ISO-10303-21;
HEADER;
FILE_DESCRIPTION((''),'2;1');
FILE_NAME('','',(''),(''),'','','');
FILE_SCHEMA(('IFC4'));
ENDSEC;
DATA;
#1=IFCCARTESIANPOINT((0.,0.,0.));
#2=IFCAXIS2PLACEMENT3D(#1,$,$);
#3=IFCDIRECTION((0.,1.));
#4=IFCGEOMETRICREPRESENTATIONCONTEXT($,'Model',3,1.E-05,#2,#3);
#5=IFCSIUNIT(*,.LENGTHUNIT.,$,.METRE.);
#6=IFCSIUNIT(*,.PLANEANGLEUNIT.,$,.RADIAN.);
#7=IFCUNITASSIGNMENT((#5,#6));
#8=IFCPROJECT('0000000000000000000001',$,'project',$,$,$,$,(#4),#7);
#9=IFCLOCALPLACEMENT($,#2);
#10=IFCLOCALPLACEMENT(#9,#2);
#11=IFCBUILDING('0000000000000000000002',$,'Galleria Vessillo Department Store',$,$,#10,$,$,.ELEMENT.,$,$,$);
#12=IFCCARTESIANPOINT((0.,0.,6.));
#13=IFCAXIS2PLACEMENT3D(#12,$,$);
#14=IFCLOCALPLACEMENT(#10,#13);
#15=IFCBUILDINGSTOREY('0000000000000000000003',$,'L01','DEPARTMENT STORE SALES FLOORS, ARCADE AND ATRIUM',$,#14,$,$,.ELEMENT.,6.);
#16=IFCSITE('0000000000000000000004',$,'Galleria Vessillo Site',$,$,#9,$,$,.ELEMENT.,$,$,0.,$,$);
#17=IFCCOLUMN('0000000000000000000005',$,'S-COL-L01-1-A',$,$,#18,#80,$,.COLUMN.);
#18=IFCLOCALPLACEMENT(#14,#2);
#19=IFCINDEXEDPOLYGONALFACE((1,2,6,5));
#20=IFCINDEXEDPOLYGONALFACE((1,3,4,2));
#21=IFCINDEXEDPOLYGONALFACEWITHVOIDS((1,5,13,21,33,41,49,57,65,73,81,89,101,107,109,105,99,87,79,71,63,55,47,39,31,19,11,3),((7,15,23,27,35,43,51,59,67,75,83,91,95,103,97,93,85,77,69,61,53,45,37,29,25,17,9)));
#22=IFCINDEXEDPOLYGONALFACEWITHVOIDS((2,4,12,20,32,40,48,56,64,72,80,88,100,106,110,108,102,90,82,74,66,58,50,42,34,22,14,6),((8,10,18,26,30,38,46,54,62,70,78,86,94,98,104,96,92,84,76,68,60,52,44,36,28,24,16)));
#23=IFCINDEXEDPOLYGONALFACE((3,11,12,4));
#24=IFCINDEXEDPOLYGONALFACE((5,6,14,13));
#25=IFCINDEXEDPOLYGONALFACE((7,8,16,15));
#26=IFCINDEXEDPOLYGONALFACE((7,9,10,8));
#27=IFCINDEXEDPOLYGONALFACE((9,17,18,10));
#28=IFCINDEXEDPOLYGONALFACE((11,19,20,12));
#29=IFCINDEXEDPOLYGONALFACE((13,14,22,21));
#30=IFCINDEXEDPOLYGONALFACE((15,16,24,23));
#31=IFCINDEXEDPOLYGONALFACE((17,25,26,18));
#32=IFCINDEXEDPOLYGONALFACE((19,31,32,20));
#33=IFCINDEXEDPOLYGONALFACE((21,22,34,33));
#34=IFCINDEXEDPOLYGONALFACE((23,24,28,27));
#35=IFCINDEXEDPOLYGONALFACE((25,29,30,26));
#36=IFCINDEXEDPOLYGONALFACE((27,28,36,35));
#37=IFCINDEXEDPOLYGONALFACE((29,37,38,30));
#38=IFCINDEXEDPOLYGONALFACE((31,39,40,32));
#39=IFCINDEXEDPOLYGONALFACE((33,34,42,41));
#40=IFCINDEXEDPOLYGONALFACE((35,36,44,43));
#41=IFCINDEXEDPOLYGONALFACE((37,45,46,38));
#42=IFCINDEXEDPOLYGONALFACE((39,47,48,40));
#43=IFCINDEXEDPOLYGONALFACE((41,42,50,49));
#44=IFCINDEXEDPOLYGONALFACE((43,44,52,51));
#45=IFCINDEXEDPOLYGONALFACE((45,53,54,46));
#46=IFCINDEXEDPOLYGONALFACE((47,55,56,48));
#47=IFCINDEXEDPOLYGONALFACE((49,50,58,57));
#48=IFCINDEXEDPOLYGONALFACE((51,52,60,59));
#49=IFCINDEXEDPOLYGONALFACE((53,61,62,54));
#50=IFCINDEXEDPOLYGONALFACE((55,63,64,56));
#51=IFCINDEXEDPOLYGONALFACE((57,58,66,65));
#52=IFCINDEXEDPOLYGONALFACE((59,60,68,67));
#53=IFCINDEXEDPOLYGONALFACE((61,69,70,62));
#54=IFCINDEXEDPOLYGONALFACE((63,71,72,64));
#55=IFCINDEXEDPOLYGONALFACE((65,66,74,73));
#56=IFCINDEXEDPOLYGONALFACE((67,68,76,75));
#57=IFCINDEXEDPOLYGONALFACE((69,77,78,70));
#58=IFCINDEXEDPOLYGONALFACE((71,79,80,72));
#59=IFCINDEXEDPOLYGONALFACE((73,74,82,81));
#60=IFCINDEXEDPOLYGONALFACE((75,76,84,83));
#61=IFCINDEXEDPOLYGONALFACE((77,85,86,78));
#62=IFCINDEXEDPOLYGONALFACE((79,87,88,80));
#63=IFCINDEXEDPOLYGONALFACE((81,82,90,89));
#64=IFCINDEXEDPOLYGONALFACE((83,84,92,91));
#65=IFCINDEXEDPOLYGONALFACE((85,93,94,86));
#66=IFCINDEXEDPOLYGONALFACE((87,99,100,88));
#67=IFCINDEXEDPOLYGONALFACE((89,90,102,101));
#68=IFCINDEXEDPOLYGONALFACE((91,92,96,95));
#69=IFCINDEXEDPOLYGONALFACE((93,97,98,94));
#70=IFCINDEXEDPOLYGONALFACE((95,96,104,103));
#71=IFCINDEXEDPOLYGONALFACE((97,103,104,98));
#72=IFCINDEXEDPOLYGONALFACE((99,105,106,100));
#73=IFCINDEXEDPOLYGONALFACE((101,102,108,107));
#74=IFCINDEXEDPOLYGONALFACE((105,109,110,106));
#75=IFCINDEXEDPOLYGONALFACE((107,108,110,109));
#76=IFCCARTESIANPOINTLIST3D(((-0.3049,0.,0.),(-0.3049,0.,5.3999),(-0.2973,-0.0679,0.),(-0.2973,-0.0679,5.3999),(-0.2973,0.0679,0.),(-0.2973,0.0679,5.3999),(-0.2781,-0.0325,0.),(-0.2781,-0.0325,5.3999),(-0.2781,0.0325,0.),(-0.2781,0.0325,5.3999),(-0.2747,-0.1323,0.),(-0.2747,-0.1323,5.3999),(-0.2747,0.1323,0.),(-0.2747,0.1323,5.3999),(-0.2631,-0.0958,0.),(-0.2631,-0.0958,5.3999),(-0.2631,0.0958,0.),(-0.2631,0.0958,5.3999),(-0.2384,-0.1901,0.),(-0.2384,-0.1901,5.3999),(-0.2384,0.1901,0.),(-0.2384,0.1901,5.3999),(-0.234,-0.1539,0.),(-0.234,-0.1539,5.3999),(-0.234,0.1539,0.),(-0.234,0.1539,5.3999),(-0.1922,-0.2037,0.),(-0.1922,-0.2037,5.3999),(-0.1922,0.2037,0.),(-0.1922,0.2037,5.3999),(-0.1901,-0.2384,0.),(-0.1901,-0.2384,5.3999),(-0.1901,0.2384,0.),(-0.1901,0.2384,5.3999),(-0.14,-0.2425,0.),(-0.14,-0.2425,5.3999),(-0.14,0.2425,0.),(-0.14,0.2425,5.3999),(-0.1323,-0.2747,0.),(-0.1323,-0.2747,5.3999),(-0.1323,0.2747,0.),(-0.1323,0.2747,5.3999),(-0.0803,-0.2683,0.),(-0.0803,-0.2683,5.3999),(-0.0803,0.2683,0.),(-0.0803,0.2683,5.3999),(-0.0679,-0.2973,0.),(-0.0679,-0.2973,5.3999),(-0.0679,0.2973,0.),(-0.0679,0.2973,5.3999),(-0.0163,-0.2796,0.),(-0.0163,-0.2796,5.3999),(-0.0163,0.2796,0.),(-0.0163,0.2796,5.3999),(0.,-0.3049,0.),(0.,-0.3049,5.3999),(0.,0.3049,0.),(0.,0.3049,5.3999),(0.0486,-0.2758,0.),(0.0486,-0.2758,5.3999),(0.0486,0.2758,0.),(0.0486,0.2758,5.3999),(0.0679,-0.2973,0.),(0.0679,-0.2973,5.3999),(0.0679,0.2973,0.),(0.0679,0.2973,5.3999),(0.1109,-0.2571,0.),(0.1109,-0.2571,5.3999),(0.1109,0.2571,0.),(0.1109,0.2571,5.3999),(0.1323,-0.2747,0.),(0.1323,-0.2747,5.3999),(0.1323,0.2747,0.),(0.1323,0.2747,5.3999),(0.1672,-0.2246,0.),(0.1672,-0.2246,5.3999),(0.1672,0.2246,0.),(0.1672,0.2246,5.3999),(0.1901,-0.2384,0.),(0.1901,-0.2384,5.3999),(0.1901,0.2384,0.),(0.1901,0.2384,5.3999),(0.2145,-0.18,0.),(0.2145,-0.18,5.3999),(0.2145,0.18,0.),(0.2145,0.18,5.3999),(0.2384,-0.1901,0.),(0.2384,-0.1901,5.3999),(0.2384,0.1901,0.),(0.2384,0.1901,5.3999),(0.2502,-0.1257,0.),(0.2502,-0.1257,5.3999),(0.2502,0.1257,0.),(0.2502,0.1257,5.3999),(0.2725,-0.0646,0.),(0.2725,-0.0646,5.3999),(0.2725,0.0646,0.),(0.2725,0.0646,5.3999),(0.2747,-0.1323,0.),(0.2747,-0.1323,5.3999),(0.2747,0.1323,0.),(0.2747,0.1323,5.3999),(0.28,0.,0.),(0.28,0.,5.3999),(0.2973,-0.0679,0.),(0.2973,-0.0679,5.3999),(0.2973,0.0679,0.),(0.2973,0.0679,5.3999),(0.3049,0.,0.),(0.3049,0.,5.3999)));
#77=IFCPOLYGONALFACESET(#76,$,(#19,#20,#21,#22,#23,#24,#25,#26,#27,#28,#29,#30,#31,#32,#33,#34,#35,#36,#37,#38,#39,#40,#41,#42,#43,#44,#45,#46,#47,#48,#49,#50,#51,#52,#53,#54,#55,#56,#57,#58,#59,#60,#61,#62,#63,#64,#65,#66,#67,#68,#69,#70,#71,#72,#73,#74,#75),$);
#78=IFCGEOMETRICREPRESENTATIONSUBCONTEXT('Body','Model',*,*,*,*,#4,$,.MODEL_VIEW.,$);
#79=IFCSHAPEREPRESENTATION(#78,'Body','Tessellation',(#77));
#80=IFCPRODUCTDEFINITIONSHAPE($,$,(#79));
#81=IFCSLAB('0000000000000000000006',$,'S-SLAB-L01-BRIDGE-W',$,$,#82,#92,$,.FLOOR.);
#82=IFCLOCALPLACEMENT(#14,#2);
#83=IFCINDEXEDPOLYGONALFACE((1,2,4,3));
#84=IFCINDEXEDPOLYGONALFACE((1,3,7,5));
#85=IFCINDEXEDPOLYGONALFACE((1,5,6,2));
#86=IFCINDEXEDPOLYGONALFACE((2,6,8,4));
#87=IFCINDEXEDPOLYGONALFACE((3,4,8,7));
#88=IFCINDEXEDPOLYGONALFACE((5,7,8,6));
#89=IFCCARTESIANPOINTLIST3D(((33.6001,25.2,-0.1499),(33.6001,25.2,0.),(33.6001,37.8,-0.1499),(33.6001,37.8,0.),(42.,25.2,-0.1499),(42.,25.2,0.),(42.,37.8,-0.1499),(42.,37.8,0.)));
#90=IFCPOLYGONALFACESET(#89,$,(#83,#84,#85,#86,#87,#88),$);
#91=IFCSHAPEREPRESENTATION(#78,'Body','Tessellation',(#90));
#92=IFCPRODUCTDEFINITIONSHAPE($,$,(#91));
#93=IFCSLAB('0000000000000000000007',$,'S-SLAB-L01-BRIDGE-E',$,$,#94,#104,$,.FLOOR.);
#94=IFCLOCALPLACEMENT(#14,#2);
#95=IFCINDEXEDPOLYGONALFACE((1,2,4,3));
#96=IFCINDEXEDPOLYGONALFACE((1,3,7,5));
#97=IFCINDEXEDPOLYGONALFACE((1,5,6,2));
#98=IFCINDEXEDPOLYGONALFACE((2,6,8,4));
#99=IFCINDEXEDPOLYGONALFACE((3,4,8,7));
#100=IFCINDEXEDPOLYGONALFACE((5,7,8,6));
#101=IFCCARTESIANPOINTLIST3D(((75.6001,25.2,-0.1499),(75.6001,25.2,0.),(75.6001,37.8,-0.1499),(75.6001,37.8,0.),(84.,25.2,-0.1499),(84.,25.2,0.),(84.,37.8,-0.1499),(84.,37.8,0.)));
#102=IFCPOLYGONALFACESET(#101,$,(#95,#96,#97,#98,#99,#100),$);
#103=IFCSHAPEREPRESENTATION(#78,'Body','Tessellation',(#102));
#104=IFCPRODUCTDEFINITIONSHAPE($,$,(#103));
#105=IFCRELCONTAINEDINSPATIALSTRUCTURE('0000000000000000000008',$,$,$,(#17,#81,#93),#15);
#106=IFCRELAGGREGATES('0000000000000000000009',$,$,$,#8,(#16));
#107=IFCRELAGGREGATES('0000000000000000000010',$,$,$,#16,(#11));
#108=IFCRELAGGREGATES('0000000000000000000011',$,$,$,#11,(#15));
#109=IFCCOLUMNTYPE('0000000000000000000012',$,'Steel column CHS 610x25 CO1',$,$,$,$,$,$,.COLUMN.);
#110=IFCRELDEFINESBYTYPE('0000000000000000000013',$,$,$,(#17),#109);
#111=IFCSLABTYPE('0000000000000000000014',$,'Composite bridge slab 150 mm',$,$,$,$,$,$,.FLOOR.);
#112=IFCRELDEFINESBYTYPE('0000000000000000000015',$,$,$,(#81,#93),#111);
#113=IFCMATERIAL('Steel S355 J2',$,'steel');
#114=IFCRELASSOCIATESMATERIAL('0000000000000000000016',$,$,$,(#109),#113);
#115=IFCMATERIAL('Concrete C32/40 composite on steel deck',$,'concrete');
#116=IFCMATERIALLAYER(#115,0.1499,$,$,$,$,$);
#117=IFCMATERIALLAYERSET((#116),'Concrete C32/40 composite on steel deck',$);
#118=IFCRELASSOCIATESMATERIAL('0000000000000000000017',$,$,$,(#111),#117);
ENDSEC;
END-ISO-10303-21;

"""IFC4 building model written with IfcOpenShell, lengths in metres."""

from ifc_helpers import new_model, si_unit, direction, frame, origin, origin_with_axes, origin_2d, place, context, subcontext, project, spatial, polyline, hollow_circle, outline, extrude, material, layer, layer_set, material_profile, profile_set, type_object, element, save


model = new_model("IFC4")

# Units and contexts
model_context = context("Model", 3, precision=1e-05, world=origin(), true_north=direction((0.0, 1.0)))
body_context = subcontext(model_context, "Body", "Model", "MODEL_VIEW")
ifc_project = project(units=[si_unit("LENGTHUNIT", "METRE"), si_unit("PLANEANGLEUNIT", "RADIAN")], contexts=[model_context])

# Site, building, storey
site_placement = place(None, origin())
site = spatial("IfcSite", under=ifc_project, at=site_placement, Name="Galleria Vessillo Site", CompositionType="ELEMENT", RefElevation=0.0)
building_placement = place(site_placement, origin())
building = spatial("IfcBuilding", under=site, at=building_placement, Name="Galleria Vessillo Department Store", CompositionType="ELEMENT")
storey_placement = place(building_placement, frame((0.0, 0.0, 6.0)))
storey = spatial("IfcBuildingStorey", under=building, at=storey_placement, Name="L01", Description="DEPARTMENT STORE SALES FLOORS, ARCADE AND ATRIUM", CompositionType="ELEMENT", Elevation=6.0)

# Column
ifc_material_1 = material(Name="Steel S355 J2", Category="steel")
ifc_material_profile = material_profile(ifc_material_1, hollow_circle(Radius=0.3049, WallThickness=0.0249, at=origin_2d()), Name="CHS 610x25")
ifc_profile_set = profile_set([ifc_material_profile], Name="Steel S355 J2")
column_type = type_object("IfcColumnType", Name="Steel column CHS 610x25 CO1", PredefinedType="COLUMN", material=ifc_profile_set)
column_placement = place(storey_placement, origin_with_axes())
element("IfcColumn", 1, at=column_placement, inside=storey, type_object=column_type, Name="S-COL-L01-1-A", PredefinedType="COLUMN", context=body_context, shape_type="SweptSolid", body=[
    extrude(hollow_circle(Radius=0.3049, WallThickness=0.0249, at=origin_2d()), origin(), (0.0, 0.0, 1.0), 5.3999),
])

# Slabs
ifc_material_2 = material(Name="Concrete C32/40 composite on steel deck", Category="concrete")
ifc_layer_1 = layer(ifc_material_2, 0.1499)
ifc_layer_set_1 = layer_set([ifc_layer_1], Name="Concrete C32/40 composite on steel deck")
slab_type_1 = type_object("IfcSlabType", Name="Composite bridge slab 150 mm", PredefinedType="FLOOR", material=ifc_layer_set_1)
slab_1_placement = place(storey_placement, frame((0.0, 0.0, -0.1499)))
element("IfcSlab", 2, at=slab_1_placement, inside=storey, type_object=slab_type_1, Name="S-SLAB-L01-BRIDGE-W", PredefinedType="FLOOR", context=body_context, shape_type="SweptSolid", body=[
    extrude(outline(polyline([(42.0, 25.2), (42.0, 37.8), (33.6001, 37.8), (33.6001, 25.2), (42.0, 25.2)])), origin(), (0.0, 0.0, 1.0), 0.1499),
])
slab_2_placement = place(storey_placement, frame((0.0, 0.0, -0.1499)))
element("IfcSlab", 3, at=slab_2_placement, inside=storey, type_object=slab_type_1, Name="S-SLAB-L01-BRIDGE-E", PredefinedType="FLOOR", context=body_context, shape_type="SweptSolid", body=[
    extrude(outline(polyline([(84.0, 25.2), (84.0, 37.8), (75.6001, 37.8), (75.6001, 25.2), (84.0, 25.2)])), origin(), (0.0, 0.0, 1.0), 0.1499),
])

save(model, "model.ifc")
